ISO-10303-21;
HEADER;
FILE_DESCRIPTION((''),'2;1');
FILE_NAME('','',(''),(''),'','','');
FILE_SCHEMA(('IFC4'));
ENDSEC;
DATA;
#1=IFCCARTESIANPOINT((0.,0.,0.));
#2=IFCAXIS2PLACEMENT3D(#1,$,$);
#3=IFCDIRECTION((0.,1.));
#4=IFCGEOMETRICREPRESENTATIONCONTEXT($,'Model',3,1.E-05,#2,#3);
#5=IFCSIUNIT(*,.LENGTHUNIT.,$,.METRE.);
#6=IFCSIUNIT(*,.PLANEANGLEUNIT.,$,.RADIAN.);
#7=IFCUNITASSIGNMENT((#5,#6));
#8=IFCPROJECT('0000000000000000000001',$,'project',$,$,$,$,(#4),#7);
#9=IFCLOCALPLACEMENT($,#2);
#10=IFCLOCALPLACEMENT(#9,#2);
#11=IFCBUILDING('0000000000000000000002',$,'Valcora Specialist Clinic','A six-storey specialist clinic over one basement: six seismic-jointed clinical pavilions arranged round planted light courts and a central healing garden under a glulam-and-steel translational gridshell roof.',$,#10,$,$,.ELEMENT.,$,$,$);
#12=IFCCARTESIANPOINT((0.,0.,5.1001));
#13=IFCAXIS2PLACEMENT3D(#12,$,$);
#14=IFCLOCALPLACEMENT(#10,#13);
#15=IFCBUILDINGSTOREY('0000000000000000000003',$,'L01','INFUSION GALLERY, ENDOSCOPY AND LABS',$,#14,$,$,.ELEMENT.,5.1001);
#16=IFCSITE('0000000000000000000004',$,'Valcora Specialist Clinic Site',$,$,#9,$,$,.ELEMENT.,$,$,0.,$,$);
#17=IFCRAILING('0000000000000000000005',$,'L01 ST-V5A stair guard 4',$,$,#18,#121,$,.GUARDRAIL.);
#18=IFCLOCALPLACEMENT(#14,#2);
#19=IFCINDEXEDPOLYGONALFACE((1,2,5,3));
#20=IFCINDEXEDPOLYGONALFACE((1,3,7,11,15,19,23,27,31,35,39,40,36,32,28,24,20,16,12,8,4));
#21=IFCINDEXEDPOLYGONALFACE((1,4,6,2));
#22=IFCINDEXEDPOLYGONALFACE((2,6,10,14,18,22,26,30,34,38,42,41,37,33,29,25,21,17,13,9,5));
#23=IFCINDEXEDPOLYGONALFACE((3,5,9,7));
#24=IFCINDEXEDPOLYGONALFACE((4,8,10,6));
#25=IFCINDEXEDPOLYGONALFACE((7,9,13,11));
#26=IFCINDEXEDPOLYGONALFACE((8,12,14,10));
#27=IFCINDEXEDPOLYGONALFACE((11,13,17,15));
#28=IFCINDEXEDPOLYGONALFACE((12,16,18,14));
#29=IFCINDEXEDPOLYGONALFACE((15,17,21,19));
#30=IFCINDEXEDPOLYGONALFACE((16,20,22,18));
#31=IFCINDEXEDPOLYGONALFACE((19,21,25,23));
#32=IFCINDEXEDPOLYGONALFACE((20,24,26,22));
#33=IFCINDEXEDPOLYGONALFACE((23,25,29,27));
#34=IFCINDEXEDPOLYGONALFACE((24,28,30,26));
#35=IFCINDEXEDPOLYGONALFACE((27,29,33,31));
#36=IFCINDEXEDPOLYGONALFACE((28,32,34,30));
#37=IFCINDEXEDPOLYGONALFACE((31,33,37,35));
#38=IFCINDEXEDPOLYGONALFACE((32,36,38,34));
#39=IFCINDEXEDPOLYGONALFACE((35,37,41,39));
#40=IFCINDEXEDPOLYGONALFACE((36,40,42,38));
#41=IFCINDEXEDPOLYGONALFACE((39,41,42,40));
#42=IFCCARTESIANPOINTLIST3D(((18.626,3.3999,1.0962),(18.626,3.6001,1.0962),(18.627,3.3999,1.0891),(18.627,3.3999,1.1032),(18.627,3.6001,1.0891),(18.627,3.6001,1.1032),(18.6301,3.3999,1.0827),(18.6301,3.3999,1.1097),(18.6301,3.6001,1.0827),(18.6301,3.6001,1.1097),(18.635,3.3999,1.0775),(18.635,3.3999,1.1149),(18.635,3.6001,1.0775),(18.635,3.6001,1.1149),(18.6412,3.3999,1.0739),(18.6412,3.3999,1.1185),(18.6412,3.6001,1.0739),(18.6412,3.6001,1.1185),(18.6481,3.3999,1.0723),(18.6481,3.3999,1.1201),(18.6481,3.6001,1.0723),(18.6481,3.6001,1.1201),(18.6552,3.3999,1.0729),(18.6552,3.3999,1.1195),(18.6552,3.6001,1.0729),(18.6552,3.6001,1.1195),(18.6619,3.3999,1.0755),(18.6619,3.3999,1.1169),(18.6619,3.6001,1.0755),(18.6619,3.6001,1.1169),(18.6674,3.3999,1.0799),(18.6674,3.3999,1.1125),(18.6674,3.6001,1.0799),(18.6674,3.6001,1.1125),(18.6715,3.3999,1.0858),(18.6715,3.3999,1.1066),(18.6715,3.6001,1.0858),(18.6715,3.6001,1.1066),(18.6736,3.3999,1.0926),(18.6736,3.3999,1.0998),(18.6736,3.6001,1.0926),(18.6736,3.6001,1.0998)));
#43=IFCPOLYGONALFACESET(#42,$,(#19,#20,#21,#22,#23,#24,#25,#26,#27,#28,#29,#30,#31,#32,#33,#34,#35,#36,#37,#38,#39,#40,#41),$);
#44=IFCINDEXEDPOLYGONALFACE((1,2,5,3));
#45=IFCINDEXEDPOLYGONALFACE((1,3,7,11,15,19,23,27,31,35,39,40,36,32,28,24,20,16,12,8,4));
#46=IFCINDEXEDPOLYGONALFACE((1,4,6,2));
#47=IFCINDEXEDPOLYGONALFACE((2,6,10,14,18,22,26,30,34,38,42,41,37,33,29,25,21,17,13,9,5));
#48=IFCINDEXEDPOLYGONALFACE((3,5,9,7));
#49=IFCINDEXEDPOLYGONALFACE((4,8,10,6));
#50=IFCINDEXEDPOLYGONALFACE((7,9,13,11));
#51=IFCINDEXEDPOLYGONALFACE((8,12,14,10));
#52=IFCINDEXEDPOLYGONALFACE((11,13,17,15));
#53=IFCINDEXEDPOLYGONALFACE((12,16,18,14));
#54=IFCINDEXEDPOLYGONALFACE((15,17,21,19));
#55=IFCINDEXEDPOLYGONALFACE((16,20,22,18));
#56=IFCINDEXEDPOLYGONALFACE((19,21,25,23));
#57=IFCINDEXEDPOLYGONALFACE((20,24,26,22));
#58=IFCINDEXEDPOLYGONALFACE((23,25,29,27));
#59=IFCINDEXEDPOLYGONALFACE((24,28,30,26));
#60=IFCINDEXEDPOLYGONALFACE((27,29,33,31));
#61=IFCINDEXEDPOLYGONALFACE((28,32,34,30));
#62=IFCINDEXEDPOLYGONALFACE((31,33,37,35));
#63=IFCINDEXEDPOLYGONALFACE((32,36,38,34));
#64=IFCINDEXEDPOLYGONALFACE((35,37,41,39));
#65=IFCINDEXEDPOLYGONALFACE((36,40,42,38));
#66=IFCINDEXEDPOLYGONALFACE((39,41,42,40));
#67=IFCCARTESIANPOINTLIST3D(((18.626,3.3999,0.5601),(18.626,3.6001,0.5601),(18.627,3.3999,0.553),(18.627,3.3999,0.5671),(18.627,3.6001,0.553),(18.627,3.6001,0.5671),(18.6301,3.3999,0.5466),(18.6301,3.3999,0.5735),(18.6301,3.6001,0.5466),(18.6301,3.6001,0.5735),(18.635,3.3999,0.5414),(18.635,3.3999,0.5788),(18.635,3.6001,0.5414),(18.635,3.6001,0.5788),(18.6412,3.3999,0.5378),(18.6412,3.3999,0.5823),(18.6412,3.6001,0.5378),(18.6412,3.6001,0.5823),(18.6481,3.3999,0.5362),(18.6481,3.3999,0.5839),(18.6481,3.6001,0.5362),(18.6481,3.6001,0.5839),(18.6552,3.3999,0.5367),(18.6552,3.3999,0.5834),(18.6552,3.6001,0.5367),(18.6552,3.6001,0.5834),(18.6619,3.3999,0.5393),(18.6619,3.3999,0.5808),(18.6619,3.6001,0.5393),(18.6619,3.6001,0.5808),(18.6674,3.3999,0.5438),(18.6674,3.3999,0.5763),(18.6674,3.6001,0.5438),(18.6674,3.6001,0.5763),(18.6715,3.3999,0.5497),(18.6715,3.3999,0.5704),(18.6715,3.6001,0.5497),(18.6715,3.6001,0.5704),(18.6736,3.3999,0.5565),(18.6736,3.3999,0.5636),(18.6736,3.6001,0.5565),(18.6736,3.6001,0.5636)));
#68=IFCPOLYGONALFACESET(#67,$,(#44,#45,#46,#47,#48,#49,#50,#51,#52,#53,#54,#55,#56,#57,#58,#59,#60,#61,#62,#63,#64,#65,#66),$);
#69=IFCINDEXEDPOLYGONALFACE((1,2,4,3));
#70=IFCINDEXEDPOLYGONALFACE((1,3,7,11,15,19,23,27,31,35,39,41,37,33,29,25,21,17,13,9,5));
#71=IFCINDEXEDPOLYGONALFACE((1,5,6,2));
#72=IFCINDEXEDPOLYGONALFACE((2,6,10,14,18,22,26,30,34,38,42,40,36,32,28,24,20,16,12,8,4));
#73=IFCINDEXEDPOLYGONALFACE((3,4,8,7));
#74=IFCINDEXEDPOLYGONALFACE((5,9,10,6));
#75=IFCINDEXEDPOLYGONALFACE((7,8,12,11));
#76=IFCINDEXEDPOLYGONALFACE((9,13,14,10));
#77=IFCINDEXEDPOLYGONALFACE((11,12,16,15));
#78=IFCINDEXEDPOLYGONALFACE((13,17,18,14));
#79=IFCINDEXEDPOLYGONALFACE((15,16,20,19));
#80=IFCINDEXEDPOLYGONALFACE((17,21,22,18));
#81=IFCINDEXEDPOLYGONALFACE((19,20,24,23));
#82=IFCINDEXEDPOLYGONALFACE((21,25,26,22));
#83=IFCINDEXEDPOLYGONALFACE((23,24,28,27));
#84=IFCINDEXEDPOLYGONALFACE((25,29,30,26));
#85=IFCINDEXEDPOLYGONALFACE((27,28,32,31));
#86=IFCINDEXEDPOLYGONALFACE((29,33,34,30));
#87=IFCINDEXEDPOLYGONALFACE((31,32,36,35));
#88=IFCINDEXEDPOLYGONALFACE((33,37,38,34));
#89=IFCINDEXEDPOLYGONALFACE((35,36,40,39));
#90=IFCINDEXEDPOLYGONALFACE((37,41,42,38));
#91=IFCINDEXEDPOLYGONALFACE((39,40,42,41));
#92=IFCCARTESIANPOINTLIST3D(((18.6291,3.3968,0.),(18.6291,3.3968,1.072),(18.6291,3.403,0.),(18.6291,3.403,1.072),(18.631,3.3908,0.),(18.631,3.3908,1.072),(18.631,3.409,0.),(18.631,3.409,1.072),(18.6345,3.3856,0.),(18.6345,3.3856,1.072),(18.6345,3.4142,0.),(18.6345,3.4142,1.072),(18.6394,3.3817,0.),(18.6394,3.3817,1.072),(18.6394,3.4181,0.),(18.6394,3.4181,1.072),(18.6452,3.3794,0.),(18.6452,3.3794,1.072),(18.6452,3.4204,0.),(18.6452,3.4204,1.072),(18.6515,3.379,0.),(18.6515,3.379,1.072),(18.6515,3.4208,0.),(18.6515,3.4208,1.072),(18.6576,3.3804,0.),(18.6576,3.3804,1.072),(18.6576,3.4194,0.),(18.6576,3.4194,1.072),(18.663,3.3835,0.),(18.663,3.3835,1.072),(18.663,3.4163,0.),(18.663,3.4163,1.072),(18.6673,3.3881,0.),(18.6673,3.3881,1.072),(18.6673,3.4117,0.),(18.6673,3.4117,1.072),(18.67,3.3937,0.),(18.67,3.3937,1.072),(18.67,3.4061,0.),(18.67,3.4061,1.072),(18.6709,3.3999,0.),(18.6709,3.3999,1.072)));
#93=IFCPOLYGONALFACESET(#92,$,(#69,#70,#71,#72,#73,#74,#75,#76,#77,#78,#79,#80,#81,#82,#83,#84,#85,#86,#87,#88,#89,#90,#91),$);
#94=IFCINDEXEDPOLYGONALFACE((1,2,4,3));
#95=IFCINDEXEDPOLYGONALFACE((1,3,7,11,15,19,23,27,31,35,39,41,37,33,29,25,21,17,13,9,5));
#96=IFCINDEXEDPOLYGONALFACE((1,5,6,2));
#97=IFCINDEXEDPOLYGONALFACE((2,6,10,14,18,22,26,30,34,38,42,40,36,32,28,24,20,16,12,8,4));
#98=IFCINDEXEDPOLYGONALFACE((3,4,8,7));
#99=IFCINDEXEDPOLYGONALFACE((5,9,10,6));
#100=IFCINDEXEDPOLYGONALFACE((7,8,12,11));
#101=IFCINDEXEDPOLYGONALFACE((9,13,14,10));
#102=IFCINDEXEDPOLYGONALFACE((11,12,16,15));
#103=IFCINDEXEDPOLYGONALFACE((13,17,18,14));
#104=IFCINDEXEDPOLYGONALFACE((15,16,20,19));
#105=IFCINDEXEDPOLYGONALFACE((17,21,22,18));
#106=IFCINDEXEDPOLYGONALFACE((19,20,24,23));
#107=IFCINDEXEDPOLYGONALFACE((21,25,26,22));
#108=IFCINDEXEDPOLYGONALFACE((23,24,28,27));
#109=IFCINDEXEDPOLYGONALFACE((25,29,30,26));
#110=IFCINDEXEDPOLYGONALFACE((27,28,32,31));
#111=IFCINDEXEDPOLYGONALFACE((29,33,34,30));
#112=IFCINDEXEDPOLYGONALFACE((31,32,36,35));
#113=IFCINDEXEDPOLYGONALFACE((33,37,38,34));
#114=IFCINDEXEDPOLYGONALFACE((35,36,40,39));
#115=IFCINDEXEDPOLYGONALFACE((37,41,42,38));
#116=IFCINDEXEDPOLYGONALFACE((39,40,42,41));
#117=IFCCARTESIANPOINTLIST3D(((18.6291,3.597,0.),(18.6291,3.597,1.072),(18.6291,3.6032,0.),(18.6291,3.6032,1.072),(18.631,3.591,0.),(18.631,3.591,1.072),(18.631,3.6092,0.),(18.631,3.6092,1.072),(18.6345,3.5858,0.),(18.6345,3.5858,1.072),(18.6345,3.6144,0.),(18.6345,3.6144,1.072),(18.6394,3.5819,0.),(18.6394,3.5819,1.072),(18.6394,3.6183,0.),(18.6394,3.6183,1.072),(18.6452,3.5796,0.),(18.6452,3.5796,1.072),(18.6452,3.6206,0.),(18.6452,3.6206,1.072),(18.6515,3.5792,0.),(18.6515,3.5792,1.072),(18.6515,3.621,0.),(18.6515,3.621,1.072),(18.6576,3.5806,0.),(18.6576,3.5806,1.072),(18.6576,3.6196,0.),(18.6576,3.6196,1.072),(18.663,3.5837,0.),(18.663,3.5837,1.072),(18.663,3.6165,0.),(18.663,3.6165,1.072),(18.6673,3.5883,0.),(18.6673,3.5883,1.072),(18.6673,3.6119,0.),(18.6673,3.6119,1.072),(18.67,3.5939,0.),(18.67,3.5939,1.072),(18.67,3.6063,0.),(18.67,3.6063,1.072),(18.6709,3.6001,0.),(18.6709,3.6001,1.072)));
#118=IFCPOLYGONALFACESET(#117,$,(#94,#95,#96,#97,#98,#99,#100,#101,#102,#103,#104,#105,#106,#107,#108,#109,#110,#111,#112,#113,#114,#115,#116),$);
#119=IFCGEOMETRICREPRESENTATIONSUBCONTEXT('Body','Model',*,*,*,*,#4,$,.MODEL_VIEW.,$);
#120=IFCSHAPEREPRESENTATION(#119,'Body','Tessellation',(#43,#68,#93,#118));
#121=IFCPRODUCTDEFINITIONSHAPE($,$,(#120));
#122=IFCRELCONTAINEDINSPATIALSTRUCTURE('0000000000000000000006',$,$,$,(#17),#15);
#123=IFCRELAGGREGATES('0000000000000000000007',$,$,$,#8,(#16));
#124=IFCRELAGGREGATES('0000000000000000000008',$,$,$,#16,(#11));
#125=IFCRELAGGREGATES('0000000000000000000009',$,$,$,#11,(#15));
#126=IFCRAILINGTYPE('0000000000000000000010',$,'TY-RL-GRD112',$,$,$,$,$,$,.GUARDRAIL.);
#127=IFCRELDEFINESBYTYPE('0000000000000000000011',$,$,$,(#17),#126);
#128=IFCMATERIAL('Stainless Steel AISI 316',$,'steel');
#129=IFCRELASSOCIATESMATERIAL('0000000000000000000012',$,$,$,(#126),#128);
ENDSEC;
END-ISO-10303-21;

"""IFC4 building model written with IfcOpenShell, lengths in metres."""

from ifc_helpers import new_model, si_unit, direction, frame, origin, origin_2d, place, context, subcontext, project, spatial, circle, extrude, material, type_object, element, save


model = new_model("IFC4")

# Units and contexts
model_context = context("Model", 3, precision=1e-05, world=origin(), true_north=direction((0.0, 1.0)))
body_context = subcontext(model_context, "Body", "Model", "MODEL_VIEW")
ifc_project = project(units=[si_unit("LENGTHUNIT", "METRE"), si_unit("PLANEANGLEUNIT", "RADIAN")], contexts=[model_context])

# Site, building, storey
site_placement = place(None, origin())
site = spatial("IfcSite", under=ifc_project, at=site_placement, Name="Valcora Specialist Clinic Site", CompositionType="ELEMENT", RefElevation=0.0)
building_placement = place(site_placement, origin())
building = spatial("IfcBuilding", under=site, at=building_placement, Name="Valcora Specialist Clinic", Description="A six-storey specialist clinic over one basement: six seismic-jointed clinical pavilions arranged round planted light courts and a central healing garden under a glulam-and-steel translational gridshell roof.", CompositionType="ELEMENT")
storey_placement = place(building_placement, frame((0.0, 0.0, 5.1001)))
storey = spatial("IfcBuildingStorey", under=building, at=storey_placement, Name="L01", Description="INFUSION GALLERY, ENDOSCOPY AND LABS", CompositionType="ELEMENT", Elevation=5.1001)

# Shared definitions
ifc_material_1 = material(Name="Stainless Steel AISI 316", Category="steel")

# Railing
railing_type_1 = type_object("IfcRailingType", Name="TY-RL-GRD112", PredefinedType="GUARDRAIL", material=ifc_material_1)
railing_1_placement = place(storey_placement, frame((18.6499, 3.3999, 0.0)))
element("IfcRailing", 1, at=railing_1_placement, inside=storey, type_object=railing_type_1, Name="L01 ST-V5A stair guard 4", PredefinedType="GUARDRAIL", context=body_context, shape_type="SweptSolid", body=[
    extrude(circle(Radius=0.0239, at=origin_2d()), frame((0.0, 0.0, 1.0962), z_axis=(0.0, 1.0, 0.0), x_axis=(-1.0, 0.0, 0.0)), (0.0, 0.0, 1.0), 0.2002),
    extrude(circle(Radius=0.0239, at=origin_2d()), frame((0.0, 0.0, 0.5601), z_axis=(0.0, 1.0, 0.0), x_axis=(-1.0, 0.0, 0.0)), (0.0, 0.0, 1.0), 0.2002),
    extrude(circle(Radius=0.021, at=origin_2d()), origin(), (0.0, 0.0, 1.0), 1.072),
    extrude(circle(Radius=0.021, at=origin_2d()), frame((0.0, 0.2002, 0.0)), (0.0, 0.0, 1.0), 1.072),
])

save(model, "model.ifc")
